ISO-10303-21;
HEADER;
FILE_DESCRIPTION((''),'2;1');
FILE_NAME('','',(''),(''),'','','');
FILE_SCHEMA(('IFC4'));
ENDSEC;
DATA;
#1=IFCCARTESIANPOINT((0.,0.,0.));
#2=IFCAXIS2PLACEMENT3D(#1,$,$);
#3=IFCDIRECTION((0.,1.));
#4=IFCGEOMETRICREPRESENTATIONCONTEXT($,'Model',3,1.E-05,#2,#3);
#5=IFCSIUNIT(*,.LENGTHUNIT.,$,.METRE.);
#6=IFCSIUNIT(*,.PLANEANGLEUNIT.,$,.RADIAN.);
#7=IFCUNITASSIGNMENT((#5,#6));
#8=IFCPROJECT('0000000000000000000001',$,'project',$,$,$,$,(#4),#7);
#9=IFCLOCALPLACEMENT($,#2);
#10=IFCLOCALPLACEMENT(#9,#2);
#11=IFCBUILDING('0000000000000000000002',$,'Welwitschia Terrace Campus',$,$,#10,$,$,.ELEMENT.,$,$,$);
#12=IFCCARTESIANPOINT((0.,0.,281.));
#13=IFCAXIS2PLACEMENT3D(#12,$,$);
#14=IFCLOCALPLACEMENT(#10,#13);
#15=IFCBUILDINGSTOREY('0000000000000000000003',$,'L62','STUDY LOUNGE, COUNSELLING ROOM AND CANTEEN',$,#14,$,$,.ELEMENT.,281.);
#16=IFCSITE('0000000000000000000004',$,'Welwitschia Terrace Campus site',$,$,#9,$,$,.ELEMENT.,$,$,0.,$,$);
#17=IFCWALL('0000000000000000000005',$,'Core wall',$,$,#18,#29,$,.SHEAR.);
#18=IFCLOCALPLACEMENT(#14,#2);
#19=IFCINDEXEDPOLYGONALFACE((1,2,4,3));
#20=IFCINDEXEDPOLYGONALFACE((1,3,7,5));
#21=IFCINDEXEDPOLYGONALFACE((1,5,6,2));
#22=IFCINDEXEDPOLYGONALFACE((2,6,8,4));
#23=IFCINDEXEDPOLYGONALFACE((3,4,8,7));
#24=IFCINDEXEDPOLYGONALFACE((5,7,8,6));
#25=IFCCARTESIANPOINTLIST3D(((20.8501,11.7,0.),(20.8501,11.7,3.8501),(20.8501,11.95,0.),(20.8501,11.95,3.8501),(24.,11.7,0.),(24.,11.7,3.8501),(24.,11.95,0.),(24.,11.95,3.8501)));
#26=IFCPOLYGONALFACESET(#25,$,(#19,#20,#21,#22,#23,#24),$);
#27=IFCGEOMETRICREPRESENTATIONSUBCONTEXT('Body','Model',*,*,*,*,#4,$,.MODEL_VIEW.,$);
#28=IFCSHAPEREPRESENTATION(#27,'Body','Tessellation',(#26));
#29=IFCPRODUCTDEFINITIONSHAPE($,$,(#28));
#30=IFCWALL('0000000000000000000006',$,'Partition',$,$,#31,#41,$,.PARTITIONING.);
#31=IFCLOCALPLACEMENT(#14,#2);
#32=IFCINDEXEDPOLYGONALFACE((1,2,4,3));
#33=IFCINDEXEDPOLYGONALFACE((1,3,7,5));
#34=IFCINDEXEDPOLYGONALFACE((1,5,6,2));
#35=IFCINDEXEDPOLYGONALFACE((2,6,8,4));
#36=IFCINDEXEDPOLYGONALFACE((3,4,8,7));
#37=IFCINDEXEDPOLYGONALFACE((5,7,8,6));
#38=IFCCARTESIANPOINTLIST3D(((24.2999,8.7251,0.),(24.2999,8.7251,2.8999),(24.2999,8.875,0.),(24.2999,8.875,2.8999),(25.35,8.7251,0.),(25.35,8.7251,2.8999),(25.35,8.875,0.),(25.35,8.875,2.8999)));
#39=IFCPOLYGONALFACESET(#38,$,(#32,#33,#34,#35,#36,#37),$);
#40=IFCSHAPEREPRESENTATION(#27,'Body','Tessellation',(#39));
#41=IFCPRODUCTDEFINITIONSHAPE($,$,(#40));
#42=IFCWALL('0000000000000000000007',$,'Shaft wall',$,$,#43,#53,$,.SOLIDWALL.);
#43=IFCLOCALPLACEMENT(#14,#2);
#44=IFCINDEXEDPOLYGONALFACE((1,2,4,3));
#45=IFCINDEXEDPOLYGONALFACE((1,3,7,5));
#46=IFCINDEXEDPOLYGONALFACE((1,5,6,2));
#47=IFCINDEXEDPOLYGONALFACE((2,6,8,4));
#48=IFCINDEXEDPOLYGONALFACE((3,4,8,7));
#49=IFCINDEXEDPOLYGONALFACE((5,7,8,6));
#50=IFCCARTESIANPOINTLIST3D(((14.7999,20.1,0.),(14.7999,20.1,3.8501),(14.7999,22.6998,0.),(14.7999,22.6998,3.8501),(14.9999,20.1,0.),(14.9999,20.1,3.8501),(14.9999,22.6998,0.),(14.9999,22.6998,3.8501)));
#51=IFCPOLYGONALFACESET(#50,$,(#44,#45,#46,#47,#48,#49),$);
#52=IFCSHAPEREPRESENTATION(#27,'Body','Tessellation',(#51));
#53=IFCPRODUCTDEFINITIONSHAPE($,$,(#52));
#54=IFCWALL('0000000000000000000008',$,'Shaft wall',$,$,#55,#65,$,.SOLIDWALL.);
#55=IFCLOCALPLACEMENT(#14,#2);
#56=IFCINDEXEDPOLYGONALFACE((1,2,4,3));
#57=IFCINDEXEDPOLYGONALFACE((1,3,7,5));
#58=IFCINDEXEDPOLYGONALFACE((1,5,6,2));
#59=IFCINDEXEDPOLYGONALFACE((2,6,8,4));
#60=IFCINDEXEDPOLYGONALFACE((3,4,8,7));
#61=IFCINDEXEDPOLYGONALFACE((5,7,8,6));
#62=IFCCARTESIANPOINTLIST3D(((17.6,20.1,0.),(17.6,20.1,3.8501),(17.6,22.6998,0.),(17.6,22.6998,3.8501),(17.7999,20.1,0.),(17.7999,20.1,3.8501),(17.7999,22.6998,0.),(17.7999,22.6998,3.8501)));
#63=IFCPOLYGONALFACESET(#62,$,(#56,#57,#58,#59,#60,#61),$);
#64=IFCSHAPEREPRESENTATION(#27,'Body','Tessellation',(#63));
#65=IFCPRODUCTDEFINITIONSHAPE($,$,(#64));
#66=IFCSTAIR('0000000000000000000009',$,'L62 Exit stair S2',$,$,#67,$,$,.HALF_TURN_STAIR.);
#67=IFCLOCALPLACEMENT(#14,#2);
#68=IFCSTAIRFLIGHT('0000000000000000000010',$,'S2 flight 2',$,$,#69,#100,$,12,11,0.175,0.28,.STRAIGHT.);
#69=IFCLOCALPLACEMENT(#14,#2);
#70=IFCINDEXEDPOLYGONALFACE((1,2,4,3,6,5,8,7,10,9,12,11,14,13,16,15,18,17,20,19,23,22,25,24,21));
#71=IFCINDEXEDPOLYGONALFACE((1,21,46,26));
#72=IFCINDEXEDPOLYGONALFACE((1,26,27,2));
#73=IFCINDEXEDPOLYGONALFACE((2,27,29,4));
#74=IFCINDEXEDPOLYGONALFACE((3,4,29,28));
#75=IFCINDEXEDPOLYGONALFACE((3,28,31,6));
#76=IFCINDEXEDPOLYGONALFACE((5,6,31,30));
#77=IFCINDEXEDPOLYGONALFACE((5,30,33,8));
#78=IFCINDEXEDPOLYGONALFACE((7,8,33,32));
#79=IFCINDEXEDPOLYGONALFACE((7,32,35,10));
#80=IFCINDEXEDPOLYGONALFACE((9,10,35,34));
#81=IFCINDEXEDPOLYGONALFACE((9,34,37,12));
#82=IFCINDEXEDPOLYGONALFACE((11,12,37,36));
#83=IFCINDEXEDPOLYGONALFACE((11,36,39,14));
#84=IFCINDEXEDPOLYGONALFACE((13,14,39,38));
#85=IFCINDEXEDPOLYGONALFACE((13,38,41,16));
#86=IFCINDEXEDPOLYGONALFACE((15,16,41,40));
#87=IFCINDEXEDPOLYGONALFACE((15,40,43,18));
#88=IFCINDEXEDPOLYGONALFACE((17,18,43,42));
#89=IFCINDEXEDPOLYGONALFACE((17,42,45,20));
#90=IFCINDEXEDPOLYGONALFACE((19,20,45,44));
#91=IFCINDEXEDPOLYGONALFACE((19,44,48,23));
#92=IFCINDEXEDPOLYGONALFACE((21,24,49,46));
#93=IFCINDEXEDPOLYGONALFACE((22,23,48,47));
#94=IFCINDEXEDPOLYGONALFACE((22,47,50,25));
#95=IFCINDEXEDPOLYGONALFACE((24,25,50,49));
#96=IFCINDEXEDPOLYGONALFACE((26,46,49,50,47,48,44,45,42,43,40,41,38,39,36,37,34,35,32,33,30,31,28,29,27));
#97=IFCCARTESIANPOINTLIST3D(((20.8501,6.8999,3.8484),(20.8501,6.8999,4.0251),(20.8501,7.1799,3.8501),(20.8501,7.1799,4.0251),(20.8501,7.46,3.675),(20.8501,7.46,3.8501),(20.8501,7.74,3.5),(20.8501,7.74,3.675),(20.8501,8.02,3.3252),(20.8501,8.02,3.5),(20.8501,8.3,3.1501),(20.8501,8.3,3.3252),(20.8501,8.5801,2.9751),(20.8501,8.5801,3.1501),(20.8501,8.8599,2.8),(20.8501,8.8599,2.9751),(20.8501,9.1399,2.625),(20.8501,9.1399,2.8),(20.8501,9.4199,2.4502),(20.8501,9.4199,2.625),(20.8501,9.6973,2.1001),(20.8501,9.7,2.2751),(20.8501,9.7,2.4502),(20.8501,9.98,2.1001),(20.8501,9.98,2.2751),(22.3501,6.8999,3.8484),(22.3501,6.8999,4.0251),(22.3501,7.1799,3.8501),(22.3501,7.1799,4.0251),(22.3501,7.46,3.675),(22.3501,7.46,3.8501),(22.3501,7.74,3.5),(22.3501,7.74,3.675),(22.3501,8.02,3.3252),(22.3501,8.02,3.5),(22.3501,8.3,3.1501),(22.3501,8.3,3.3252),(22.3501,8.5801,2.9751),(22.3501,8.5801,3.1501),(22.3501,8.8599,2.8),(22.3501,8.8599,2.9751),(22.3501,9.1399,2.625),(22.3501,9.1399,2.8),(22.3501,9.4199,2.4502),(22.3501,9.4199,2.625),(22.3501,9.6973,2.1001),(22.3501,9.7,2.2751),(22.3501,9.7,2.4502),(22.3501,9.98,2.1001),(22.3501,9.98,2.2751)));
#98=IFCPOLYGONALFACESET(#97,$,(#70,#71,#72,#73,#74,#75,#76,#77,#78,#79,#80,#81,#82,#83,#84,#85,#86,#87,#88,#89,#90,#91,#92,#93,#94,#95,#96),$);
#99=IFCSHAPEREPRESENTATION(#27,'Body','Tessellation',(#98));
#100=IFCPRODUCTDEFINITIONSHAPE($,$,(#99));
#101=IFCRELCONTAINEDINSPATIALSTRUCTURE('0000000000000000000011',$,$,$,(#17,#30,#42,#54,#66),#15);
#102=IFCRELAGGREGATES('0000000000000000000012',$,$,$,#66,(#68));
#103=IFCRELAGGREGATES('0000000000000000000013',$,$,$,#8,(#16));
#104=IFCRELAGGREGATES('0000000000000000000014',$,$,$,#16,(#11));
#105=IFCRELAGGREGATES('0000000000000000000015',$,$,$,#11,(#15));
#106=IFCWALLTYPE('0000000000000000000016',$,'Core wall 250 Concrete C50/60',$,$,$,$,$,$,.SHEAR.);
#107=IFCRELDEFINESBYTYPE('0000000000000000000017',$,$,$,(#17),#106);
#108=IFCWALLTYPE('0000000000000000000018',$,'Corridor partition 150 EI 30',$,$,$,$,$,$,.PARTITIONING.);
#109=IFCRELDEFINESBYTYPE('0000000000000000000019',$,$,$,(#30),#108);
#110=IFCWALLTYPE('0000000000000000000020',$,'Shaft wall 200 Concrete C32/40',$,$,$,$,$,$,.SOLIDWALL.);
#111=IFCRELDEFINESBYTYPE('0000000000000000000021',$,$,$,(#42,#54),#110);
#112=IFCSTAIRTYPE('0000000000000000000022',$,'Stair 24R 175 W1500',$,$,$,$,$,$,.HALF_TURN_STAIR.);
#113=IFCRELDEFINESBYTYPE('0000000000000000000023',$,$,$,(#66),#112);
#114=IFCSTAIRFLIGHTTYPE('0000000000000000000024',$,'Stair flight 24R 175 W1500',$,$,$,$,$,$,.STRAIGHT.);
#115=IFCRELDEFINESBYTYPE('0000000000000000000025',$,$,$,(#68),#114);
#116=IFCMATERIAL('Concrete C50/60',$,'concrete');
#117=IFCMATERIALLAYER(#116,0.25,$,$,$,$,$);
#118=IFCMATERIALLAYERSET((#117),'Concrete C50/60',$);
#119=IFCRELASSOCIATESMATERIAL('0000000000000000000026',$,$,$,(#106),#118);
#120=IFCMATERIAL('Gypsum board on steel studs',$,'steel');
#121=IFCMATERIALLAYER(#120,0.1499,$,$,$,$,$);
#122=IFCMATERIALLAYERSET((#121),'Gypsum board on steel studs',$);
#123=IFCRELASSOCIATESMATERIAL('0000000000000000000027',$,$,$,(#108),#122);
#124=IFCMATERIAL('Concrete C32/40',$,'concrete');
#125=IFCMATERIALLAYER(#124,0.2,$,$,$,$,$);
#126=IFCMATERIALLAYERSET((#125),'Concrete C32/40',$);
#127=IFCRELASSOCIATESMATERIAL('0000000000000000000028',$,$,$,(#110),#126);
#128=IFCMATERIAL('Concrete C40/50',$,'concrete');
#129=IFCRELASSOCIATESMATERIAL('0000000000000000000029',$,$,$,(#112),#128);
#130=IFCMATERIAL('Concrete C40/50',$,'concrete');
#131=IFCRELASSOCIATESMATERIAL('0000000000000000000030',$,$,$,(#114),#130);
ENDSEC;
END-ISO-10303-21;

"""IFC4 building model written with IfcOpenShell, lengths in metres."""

from ifc_helpers import new_model, si_unit, direction, frame, frame_2d, origin, place, context, subcontext, project, spatial, polyline, rectangle, outline, extrude, material, layer, layer_set, type_object, element, aggregate, save


model = new_model("IFC4")

# Units and contexts
model_context = context("Model", 3, precision=1e-05, world=origin(), true_north=direction((0.0, 1.0)))
body_context = subcontext(model_context, "Body", "Model", "MODEL_VIEW")
ifc_project = project(units=[si_unit("LENGTHUNIT", "METRE"), si_unit("PLANEANGLEUNIT", "RADIAN")], contexts=[model_context])

# Site, building, storey
site_placement = place(None, origin())
site = spatial("IfcSite", under=ifc_project, at=site_placement, Name="Welwitschia Terrace Campus site", CompositionType="ELEMENT", RefElevation=0.0)
building_placement = place(site_placement, origin())
building = spatial("IfcBuilding", under=site, at=building_placement, Name="Welwitschia Terrace Campus", CompositionType="ELEMENT")
storey_placement = place(building_placement, frame((0.0, 0.0, 281.0)))
storey = spatial("IfcBuildingStorey", under=building, at=storey_placement, Name="L62", Description="STUDY LOUNGE, COUNSELLING ROOM AND CANTEEN", CompositionType="ELEMENT", Elevation=281.0)

# Walls
ifc_material_1 = material(Name="Concrete C50/60", Category="concrete")
ifc_layer_1 = layer(ifc_material_1, 0.25)
ifc_layer_set_1 = layer_set([ifc_layer_1], Name="Concrete C50/60")
wall_type_1 = type_object("IfcWallType", Name="Core wall 250 Concrete C50/60", PredefinedType="SHEAR", material=ifc_layer_set_1)
wall_1_placement = place(storey_placement, frame((20.8501, 11.825, 0.0), z_axis=(0.0, 0.0, 1.0), x_axis=(1.0, 0.0, 0.0)))
element("IfcWall", 1, at=wall_1_placement, inside=storey, type_object=wall_type_1, Name="Core wall", PredefinedType="SHEAR", context=body_context, shape_type="SweptSolid", body=[
    extrude(rectangle(XDim=3.1499, YDim=0.25, at=frame_2d((1.575, 0.0))), origin(), (0.0, 0.0, 1.0), 3.8501),
])
ifc_material_2 = material(Name="Gypsum board on steel studs", Category="steel")
ifc_layer_2 = layer(ifc_material_2, 0.1499)
ifc_layer_set_2 = layer_set([ifc_layer_2], Name="Gypsum board on steel studs")
wall_type_2 = type_object("IfcWallType", Name="Corridor partition 150 EI 30", PredefinedType="PARTITIONING", material=ifc_layer_set_2)
wall_2_placement = place(storey_placement, frame((24.3, 8.8, 0.0), z_axis=(0.0, 0.0, 1.0), x_axis=(1.0, 0.0, 0.0)))
element("IfcWall", 2, at=wall_2_placement, inside=storey, type_object=wall_type_2, Name="Partition", PredefinedType="PARTITIONING", context=body_context, shape_type="SweptSolid", body=[
    extrude(rectangle(XDim=1.05, YDim=0.1499, at=frame_2d((0.5249, 0.0))), origin(), (0.0, 0.0, 1.0), 2.8999),
])
ifc_material_3 = material(Name="Concrete C32/40", Category="concrete")
ifc_layer_3 = layer(ifc_material_3, 0.2)
ifc_layer_set_3 = layer_set([ifc_layer_3], Name="Concrete C32/40")
wall_type_3 = type_object("IfcWallType", Name="Shaft wall 200 Concrete C32/40", PredefinedType="SOLIDWALL", material=ifc_layer_set_3)
for number, where, z_axis, x_axis, name in (
    (3, (14.8999, 20.1001, 0.0), (0.0, 0.0, 1.0), (0.0, 1.0, 0.0), "Shaft wall"),
    (4, (17.7, 20.1001, 0.0), (0.0, 0.0, 1.0), (0.0, 1.0, 0.0), "Shaft wall"),
):
    element("IfcWall", number, at=place(storey_placement, frame(where, z_axis=z_axis, x_axis=x_axis)), inside=storey, type_object=wall_type_3, Name=name, PredefinedType="SOLIDWALL", context=body_context, shape_type="SweptSolid", body=[
        extrude(rectangle(XDim=2.5999, YDim=0.2, at=frame_2d((1.2998, 0.0))), origin(), (0.0, 0.0, 1.0), 3.8501),
    ])

# Stair, stair flight
ifc_material_4 = material(Name="Concrete C40/50", Category="concrete")
stair_type = type_object("IfcStairType", Name="Stair 24R 175 W1500", PredefinedType="HALF_TURN_STAIR", material=ifc_material_4)
stair_placement = place(storey_placement, origin())
stair = element("IfcStair", 5, at=stair_placement, inside=storey, type_object=stair_type, Name="L62 Exit stair S2", PredefinedType="HALF_TURN_STAIR")
ifc_material_5 = material(Name="Concrete C40/50", Category="concrete")
stair_flight_type = type_object("IfcStairFlightType", Name="Stair flight 24R 175 W1500", PredefinedType="STRAIGHT", material=ifc_material_5)
stair_flight_placement = place(storey_placement, frame((21.6001, 9.98, 2.1001), z_axis=(0.0, 0.0, 1.0), x_axis=(0.0, -1.0, 0.0)))
stair_flight = element("IfcStairFlight", 6, at=stair_flight_placement, type_object=stair_flight_type, Name="S2 flight 2", NumberOfRisers=12, NumberOfTreads=11, PredefinedType="STRAIGHT", RiserHeight=0.175, TreadLength=0.28, context=body_context, shape_type="SweptSolid", body=[
    extrude(outline(polyline([(0.0, 0.0), (0.0, 0.175), (0.28, 0.175), (0.28, 0.3501), (0.5601, 0.3501), (0.5601, 0.5249), (0.8401, 0.5249), (0.8401, 0.7), (1.1201, 0.7), (1.1201, 0.875), (1.3999, 0.875), (1.3999, 1.05), (1.6799, 1.05), (1.6799, 1.2251), (1.96, 1.2251), (1.96, 1.3999), (2.24, 1.3999), (2.24, 1.575), (2.52, 1.575), (2.52, 1.75), (2.8, 1.75), (2.8, 1.925), (3.0801, 1.925), (3.0801, 2.1001), (3.0801, 1.7483), (0.2827, 0.0), (0.0, 0.0)])), frame((0.0, 0.75, 0.0), z_axis=(0.0, -1.0, 0.0), x_axis=(1.0, 0.0, 0.0)), (0.0, 0.0, 1.0), 1.5),
])
aggregate(stair, [stair_flight])

save(model, "model.ifc")
